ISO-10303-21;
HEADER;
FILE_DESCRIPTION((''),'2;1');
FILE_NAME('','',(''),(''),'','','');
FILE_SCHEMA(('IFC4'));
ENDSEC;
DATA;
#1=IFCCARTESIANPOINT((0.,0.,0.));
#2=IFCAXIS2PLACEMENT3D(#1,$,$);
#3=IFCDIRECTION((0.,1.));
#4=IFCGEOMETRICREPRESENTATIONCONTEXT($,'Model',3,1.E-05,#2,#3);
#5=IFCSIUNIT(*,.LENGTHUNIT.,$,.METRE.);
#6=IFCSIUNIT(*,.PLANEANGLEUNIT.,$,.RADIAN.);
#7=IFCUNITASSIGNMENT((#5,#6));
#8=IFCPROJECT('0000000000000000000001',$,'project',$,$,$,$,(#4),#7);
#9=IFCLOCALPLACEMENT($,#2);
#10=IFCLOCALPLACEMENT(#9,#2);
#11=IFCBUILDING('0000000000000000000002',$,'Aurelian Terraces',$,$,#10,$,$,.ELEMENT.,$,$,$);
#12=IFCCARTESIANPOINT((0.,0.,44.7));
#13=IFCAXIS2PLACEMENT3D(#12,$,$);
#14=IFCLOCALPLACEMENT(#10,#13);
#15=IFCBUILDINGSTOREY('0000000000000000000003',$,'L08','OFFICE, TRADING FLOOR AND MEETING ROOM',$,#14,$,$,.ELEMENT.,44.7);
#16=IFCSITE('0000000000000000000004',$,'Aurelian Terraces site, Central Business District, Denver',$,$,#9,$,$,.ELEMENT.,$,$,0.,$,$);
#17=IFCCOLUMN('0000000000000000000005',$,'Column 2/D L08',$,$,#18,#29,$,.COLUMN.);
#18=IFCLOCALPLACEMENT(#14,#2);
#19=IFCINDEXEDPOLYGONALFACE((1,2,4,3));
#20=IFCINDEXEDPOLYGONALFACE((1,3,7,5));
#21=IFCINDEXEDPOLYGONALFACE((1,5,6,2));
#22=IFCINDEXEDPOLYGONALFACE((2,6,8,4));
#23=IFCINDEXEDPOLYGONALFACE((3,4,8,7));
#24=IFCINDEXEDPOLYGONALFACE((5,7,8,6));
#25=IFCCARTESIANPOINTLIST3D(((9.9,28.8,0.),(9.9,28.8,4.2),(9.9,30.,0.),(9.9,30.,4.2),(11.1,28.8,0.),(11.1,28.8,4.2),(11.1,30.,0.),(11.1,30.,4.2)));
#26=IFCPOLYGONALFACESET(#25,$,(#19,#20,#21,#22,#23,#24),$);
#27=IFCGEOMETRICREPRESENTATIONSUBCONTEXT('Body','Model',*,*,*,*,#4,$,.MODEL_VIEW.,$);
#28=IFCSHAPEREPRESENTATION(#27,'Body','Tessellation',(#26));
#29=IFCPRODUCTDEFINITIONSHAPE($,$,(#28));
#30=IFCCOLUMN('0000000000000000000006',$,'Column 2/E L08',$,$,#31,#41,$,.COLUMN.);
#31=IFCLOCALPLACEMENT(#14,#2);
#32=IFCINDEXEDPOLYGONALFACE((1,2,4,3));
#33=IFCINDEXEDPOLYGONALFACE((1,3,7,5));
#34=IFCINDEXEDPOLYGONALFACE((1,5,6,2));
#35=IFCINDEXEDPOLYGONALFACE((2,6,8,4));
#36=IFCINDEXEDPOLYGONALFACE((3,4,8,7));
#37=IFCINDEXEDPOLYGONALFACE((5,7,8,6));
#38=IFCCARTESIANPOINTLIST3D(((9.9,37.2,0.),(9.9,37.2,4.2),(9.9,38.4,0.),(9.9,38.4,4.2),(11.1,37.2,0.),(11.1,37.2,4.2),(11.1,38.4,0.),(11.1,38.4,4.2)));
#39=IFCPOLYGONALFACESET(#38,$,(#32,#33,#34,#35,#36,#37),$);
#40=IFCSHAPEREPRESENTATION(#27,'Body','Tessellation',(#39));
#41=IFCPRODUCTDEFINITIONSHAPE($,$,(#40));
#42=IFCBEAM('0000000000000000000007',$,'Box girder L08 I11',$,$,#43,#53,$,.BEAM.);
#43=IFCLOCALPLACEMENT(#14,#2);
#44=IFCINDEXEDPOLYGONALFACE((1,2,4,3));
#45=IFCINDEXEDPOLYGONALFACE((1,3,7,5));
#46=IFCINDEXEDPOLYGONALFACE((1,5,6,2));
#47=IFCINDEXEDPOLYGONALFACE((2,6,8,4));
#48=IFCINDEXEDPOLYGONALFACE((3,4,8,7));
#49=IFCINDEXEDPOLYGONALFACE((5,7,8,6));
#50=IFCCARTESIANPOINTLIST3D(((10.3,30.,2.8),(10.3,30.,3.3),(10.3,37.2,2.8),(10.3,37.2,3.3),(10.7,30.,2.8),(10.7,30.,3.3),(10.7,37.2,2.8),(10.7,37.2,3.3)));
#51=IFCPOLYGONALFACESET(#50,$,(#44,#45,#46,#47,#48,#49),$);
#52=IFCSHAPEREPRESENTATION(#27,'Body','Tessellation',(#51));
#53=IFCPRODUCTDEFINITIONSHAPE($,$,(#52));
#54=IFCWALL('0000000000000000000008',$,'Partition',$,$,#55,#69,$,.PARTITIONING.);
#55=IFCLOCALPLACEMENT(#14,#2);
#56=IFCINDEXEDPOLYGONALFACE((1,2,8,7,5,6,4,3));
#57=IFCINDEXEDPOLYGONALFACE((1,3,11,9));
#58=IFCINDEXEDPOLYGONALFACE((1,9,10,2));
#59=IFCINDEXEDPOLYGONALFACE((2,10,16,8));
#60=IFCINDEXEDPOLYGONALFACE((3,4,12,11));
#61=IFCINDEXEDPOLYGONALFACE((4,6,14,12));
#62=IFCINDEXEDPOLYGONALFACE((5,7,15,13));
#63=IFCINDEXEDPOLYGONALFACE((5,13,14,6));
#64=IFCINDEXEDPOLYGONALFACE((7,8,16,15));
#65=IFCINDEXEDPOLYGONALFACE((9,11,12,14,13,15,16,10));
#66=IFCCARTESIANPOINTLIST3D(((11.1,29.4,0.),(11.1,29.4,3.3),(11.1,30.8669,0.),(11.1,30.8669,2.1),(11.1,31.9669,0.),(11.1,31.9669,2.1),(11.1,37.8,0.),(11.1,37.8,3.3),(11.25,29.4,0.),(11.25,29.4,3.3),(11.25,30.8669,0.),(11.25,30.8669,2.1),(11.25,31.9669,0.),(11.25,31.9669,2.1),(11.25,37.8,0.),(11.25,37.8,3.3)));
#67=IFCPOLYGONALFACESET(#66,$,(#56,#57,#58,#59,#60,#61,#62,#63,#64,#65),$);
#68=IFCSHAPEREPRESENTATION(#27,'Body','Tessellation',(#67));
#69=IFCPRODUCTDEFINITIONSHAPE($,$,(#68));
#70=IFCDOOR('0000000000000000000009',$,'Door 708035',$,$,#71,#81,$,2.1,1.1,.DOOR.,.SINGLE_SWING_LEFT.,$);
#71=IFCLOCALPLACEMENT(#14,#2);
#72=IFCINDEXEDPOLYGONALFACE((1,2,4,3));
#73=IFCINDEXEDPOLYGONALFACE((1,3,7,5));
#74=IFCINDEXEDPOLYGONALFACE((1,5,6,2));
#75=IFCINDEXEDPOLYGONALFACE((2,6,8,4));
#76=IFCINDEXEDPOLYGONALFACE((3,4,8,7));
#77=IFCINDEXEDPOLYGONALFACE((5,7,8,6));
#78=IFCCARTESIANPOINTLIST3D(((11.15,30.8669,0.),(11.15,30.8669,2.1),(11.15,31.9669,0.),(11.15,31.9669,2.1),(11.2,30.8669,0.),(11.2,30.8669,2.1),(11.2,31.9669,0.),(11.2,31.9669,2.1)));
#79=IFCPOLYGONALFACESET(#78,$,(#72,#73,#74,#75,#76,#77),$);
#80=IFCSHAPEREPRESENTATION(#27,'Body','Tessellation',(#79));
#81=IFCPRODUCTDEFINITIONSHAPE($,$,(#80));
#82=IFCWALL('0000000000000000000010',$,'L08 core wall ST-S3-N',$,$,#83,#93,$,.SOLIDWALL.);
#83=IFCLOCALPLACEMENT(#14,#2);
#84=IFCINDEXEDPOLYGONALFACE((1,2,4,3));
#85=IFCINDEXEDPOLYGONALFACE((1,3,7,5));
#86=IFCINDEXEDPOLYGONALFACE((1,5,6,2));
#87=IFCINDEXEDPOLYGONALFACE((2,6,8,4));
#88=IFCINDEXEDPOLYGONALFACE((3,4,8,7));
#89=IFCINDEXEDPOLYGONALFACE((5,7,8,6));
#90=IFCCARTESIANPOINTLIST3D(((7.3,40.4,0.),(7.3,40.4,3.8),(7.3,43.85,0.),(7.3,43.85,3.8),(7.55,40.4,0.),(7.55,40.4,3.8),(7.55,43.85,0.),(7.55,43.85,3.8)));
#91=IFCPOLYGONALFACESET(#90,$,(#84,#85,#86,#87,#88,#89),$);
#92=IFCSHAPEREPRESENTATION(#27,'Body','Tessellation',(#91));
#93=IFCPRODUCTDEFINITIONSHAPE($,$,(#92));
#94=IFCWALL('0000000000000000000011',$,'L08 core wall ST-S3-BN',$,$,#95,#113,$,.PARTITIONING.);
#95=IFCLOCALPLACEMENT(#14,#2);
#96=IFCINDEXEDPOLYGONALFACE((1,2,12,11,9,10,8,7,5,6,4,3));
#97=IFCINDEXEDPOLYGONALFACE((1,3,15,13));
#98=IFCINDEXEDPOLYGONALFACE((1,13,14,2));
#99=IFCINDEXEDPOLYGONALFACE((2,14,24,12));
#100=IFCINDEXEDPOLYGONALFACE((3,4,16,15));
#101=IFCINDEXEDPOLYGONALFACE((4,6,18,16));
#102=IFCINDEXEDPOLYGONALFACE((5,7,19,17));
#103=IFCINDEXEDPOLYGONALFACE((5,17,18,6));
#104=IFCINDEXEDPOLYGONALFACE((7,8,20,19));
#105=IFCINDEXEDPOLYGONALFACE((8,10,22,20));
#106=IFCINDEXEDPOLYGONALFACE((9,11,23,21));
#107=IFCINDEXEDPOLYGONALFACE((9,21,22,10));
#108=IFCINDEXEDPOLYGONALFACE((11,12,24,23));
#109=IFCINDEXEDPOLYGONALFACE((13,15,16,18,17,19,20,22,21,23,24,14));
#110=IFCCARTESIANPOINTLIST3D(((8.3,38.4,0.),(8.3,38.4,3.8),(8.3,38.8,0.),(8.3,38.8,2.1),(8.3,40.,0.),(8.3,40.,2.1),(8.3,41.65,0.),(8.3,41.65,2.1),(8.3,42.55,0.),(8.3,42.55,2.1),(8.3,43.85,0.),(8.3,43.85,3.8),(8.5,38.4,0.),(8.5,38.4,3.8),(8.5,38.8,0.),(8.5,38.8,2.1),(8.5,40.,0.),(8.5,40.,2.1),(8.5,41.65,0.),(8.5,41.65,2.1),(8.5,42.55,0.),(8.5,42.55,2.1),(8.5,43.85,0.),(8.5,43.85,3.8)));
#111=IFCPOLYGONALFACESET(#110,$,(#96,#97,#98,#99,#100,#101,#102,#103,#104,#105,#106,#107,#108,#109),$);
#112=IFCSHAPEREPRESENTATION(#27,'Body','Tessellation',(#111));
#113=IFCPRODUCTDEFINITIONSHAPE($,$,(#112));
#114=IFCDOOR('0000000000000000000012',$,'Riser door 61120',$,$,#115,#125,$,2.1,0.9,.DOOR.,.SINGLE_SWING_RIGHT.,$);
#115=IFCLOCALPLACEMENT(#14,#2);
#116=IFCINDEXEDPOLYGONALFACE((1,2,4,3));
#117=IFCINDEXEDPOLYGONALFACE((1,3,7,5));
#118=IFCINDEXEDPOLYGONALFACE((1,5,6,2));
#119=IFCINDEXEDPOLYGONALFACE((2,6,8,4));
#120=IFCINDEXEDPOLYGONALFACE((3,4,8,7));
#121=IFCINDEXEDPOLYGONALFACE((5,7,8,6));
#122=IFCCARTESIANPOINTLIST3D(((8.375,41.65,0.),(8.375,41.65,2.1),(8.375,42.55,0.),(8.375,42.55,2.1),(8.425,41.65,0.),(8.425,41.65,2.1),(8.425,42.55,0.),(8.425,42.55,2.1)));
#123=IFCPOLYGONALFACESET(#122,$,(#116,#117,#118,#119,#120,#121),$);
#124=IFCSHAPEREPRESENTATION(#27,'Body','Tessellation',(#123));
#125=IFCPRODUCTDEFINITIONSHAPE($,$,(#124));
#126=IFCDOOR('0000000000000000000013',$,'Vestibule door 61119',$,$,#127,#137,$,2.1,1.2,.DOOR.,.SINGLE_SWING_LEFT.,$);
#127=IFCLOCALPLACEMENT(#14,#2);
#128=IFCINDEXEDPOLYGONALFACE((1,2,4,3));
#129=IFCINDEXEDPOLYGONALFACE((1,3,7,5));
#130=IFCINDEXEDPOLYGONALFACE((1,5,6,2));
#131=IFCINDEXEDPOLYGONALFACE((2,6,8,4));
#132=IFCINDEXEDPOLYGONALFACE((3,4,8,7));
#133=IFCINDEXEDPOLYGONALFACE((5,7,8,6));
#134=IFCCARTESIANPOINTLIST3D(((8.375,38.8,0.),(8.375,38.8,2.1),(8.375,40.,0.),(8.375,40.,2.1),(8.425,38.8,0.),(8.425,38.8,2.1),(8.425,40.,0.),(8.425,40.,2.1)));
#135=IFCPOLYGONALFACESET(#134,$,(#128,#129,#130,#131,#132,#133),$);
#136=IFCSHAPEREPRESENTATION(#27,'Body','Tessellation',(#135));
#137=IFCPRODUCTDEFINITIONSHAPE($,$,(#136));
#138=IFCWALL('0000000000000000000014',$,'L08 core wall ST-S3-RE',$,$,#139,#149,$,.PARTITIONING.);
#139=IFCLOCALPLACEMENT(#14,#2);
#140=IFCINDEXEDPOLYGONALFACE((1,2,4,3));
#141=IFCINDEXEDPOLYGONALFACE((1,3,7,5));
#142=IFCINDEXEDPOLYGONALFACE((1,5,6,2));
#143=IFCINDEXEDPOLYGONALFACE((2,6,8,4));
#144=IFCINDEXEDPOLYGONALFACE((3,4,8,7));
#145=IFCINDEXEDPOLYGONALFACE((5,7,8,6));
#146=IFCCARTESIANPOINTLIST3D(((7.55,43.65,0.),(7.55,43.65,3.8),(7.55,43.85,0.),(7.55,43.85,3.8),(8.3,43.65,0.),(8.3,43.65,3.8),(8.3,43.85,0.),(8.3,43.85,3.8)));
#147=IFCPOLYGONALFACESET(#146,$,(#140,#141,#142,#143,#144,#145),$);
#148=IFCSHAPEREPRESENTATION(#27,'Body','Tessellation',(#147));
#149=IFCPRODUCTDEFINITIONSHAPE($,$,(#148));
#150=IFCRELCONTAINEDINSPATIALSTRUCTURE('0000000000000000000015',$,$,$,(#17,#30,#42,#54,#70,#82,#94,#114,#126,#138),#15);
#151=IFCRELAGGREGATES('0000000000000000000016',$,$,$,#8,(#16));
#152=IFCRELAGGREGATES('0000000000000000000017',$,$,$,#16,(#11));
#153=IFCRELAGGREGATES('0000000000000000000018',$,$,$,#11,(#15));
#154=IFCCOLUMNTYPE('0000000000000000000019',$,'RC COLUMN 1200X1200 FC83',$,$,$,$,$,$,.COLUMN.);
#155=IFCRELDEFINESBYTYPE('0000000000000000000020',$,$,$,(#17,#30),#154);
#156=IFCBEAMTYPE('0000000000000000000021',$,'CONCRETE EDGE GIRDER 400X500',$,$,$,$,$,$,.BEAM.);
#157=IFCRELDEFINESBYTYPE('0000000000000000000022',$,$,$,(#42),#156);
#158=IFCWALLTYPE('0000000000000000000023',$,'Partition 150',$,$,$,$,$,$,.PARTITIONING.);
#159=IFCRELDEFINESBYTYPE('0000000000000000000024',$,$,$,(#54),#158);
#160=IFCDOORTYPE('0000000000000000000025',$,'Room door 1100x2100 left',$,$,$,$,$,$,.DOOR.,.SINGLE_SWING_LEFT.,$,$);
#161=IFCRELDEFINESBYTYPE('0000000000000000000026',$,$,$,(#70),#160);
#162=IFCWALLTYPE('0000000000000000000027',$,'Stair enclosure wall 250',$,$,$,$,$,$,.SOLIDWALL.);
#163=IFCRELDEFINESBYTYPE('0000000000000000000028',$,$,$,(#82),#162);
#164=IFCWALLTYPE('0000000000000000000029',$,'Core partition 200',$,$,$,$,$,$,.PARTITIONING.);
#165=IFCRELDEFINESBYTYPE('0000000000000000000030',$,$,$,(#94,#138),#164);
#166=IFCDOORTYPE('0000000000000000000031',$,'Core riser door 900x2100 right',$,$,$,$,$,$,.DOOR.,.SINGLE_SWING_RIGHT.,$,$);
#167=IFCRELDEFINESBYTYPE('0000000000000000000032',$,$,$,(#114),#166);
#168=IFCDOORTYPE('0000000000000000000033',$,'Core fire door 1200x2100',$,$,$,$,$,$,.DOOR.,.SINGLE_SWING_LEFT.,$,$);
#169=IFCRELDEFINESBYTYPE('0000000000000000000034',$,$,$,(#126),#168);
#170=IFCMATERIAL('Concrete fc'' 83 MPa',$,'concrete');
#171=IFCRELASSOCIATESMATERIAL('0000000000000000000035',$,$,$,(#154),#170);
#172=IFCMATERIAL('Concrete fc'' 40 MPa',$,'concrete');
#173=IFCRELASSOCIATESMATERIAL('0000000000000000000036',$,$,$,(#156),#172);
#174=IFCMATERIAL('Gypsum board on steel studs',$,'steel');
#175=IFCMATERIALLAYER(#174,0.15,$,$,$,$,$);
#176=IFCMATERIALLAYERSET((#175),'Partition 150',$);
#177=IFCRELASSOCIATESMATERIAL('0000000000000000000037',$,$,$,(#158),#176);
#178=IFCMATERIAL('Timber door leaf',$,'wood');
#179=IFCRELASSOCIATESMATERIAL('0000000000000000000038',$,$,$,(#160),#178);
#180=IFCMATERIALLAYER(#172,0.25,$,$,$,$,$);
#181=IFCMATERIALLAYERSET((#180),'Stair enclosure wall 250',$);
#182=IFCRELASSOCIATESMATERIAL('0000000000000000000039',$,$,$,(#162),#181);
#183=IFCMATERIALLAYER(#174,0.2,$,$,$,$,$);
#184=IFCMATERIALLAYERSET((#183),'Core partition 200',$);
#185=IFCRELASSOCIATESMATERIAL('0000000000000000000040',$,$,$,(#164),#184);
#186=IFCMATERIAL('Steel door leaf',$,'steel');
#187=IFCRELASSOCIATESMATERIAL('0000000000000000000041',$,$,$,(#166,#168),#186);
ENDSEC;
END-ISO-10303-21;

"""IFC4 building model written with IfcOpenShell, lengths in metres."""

from ifc_helpers import new_model, si_unit, direction, frame, frame_2d, origin, origin_2d, place, context, subcontext, project, spatial, rectangle, extrude, source, transform, mapped, material, layer, layer_set, material_profile, profile_set, type_object, element, fill, save


model = new_model("IFC4")

# Units and contexts
model_context = context("Model", 3, precision=1e-05, world=origin(), true_north=direction((0.0, 1.0)))
body_context = subcontext(model_context, "Body", "Model", "MODEL_VIEW")
ifc_project = project(units=[si_unit("LENGTHUNIT", "METRE"), si_unit("PLANEANGLEUNIT", "RADIAN")], contexts=[model_context])

# Site, building, storey
site_placement = place(None, origin())
site = spatial("IfcSite", under=ifc_project, at=site_placement, Name="Aurelian Terraces site, Central Business District, Denver", CompositionType="ELEMENT", RefElevation=0.0)
building_placement = place(site_placement, origin())
building = spatial("IfcBuilding", under=site, at=building_placement, Name="Aurelian Terraces", CompositionType="ELEMENT")
storey_placement = place(building_placement, frame((0.0, 0.0, 44.7)))
storey = spatial("IfcBuildingStorey", under=building, at=storey_placement, Name="L08", Description="OFFICE, TRADING FLOOR AND MEETING ROOM", CompositionType="ELEMENT", Elevation=44.7)

# Columns
ifc_material_1 = material(Name="Concrete fc' 83 MPa", Category="concrete")
ifc_material_profile_1 = material_profile(ifc_material_1, rectangle(XDim=1.2, YDim=1.2, at=origin_2d()))
ifc_profile_set_1 = profile_set([ifc_material_profile_1], Name="Concrete fc' 83 MPa")
column_type = type_object("IfcColumnType", Name="RC COLUMN 1200X1200 FC83", PredefinedType="COLUMN", material=ifc_profile_set_1)
shared_shape_1 = source(origin(), body_context, "Body", "SweptSolid", [
    extrude(rectangle(XDim=1.2, YDim=1.2, at=origin_2d()), origin(), (0.0, 0.0, 1.0), 4.2),
])
for number, where, z_axis, x_axis, name in (
    (1, (10.5, 29.4, 0.0), (0.0, 0.0, 1.0), (1.0, 0.0, 0.0), "Column 2/D L08"),
    (2, (10.5, 37.8, 0.0), (0.0, 0.0, 1.0), (1.0, 0.0, 0.0), "Column 2/E L08"),
):
    element("IfcColumn", number, at=place(storey_placement, frame(where, z_axis=z_axis, x_axis=x_axis)), inside=storey, type_object=column_type, Name=name, PredefinedType="COLUMN", context=body_context, shape_type="MappedRepresentation", body=[
        mapped(shared_shape_1, transform((0.0, 0.0, 0.0), scale=1.0)),
    ])

# Beam
ifc_material_2 = material(Name="Concrete fc' 40 MPa", Category="concrete")
ifc_material_profile_2 = material_profile(ifc_material_2, rectangle(XDim=0.4, YDim=0.5, at=origin_2d()))
ifc_profile_set_2 = profile_set([ifc_material_profile_2], Name="Concrete fc' 40 MPa")
beam_type = type_object("IfcBeamType", Name="CONCRETE EDGE GIRDER 400X500", PredefinedType="BEAM", material=ifc_profile_set_2)
shared_shape_2 = source(origin(), body_context, "Body", "SweptSolid", [
    extrude(rectangle(XDim=0.4, YDim=0.5, at=origin_2d()), origin(), (0.0, 0.0, 1.0), 7.2),
])
beam_placement = place(storey_placement, frame((10.5, 30.0, 3.05), z_axis=(0.0, 1.0, 0.0), x_axis=(-1.0, 0.0, 0.0)))
element("IfcBeam", 3, at=beam_placement, inside=storey, type_object=beam_type, Name="Box girder L08 I11", PredefinedType="BEAM", context=body_context, shape_type="MappedRepresentation", body=[
    mapped(shared_shape_2, transform((0.0, 0.0, 0.0), scale=1.0)),
])

# Wall, opening, door
ifc_material_3 = material(Name="Gypsum board on steel studs", Category="steel")
ifc_layer_1 = layer(ifc_material_3, 0.15)
ifc_layer_set_1 = layer_set([ifc_layer_1], Name="Partition 150")
wall_type_1 = type_object("IfcWallType", Name="Partition 150", PredefinedType="PARTITIONING", material=ifc_layer_set_1)
wall_1_placement = place(storey_placement, frame((11.175, 29.4, 0.0), z_axis=(0.0, 0.0, 1.0), x_axis=(0.0, 1.0, 0.0)))
wall_1 = element("IfcWall", 4, at=wall_1_placement, inside=storey, type_object=wall_type_1, Name="Partition", PredefinedType="PARTITIONING", context=body_context, shape_type="SweptSolid", body=[
    extrude(rectangle(XDim=8.4, YDim=0.15, at=frame_2d((4.2, 0.0))), origin(), (0.0, 0.0, 1.0), 3.3),
])
shared_shape_3 = source(origin(), body_context, "Body", "SweptSolid", [
    extrude(rectangle(XDim=1.1, YDim=2.1, at=frame_2d((0.55, 1.05))), frame((0.0, 0.085, 0.0), z_axis=(0.0, -1.0, 0.0), x_axis=(1.0, 0.0, 0.0)), (0.0, 0.0, 1.0), 0.17),
])
opening_1_placement = place(wall_1_placement, frame((1.4669, 0.0, 0.0)))
opening_1 = element("IfcOpeningElement", 5, at=opening_1_placement, cuts=wall_1, PredefinedType="OPENING", context=body_context, shape_type="MappedRepresentation", body=[
    mapped(shared_shape_3, transform((0.0, 0.0, 0.0), scale=1.0)),
])
ifc_material_4 = material(Name="Timber door leaf", Category="wood")
door_type_1 = type_object("IfcDoorType", Name="Room door 1100x2100 left", OperationType="SINGLE_SWING_LEFT", PredefinedType="DOOR", material=ifc_material_4)
shared_shape_4 = source(origin(), body_context, "Body", "SweptSolid", [
    extrude(rectangle(XDim=1.1, YDim=2.1, at=frame_2d((0.55, 1.05))), frame((0.0, 0.025, 0.0), z_axis=(0.0, -1.0, 0.0), x_axis=(1.0, 0.0, 0.0)), (0.0, 0.0, 1.0), 0.05),
])
door_1_placement = place(opening_1_placement, origin())
door_1 = element("IfcDoor", 6, at=door_1_placement, inside=storey, type_object=door_type_1, Name="Door 708035", OperationType="SINGLE_SWING_LEFT", OverallHeight=2.1, OverallWidth=1.1, PredefinedType="DOOR", context=body_context, shape_type="MappedRepresentation", body=[
    mapped(shared_shape_4, transform((0.0, 0.0, 0.0), scale=1.0)),
])
fill(opening_1, door_1)

# Wall
ifc_layer_2 = layer(ifc_material_2, 0.25)
ifc_layer_set_2 = layer_set([ifc_layer_2], Name="Stair enclosure wall 250")
wall_type_2 = type_object("IfcWallType", Name="Stair enclosure wall 250", PredefinedType="SOLIDWALL", material=ifc_layer_set_2)
shared_shape_5 = source(origin(), body_context, "Body", "SweptSolid", [
    extrude(rectangle(XDim=3.45, YDim=0.25, at=frame_2d((1.725, 0.0))), origin(), (0.0, 0.0, 1.0), 3.8),
])
wall_2_placement = place(storey_placement, frame((7.425, 40.4, 0.0), z_axis=(0.0, 0.0, 1.0), x_axis=(0.0, 1.0, 0.0)))
element("IfcWall", 7, at=wall_2_placement, inside=storey, type_object=wall_type_2, Name="L08 core wall ST-S3-N", PredefinedType="SOLIDWALL", context=body_context, shape_type="MappedRepresentation", body=[
    mapped(shared_shape_5, transform((0.0, 0.0, 0.0), scale=1.0)),
])

# Wall, openings, doors
ifc_layer_3 = layer(ifc_material_3, 0.2)
ifc_layer_set_3 = layer_set([ifc_layer_3], Name="Core partition 200")
wall_type_3 = type_object("IfcWallType", Name="Core partition 200", PredefinedType="PARTITIONING", material=ifc_layer_set_3)
shared_shape_6 = source(origin(), body_context, "Body", "SweptSolid", [
    extrude(rectangle(XDim=5.45, YDim=0.2, at=frame_2d((2.725, 0.0))), origin(), (0.0, 0.0, 1.0), 3.8),
])
wall_3_placement = place(storey_placement, frame((8.4, 38.4, 0.0), z_axis=(0.0, 0.0, 1.0), x_axis=(0.0, 1.0, 0.0)))
wall_3 = element("IfcWall", 8, at=wall_3_placement, inside=storey, type_object=wall_type_3, Name="L08 core wall ST-S3-BN", PredefinedType="PARTITIONING", context=body_context, shape_type="MappedRepresentation", body=[
    mapped(shared_shape_6, transform((0.0, 0.0, 0.0), scale=1.0)),
])
shared_shape_7 = source(origin(), body_context, "Body", "SweptSolid", [
    extrude(rectangle(XDim=1.2, YDim=2.1, at=frame_2d((0.6, 1.05))), frame((0.0, 0.11, 0.0), z_axis=(0.0, -1.0, 0.0), x_axis=(1.0, 0.0, 0.0)), (0.0, 0.0, 1.0), 0.22),
])
opening_2_placement = place(wall_3_placement, frame((0.4, 0.0, 0.0)))
opening_2 = element("IfcOpeningElement", 9, at=opening_2_placement, cuts=wall_3, PredefinedType="OPENING", context=body_context, shape_type="MappedRepresentation", body=[
    mapped(shared_shape_7, transform((0.0, 0.0, 0.0), scale=1.0)),
])
shared_shape_8 = source(origin(), body_context, "Body", "SweptSolid", [
    extrude(rectangle(XDim=0.9, YDim=2.1, at=frame_2d((0.45, 1.05))), frame((0.0, 0.11, 0.0), z_axis=(0.0, -1.0, 0.0), x_axis=(1.0, 0.0, 0.0)), (0.0, 0.0, 1.0), 0.22),
])
opening_3_placement = place(wall_3_placement, frame((3.25, 0.0, 0.0)))
opening_3 = element("IfcOpeningElement", 10, at=opening_3_placement, cuts=wall_3, PredefinedType="OPENING", context=body_context, shape_type="MappedRepresentation", body=[
    mapped(shared_shape_8, transform((0.0, 0.0, 0.0), scale=1.0)),
])
ifc_material_5 = material(Name="Steel door leaf", Category="steel")
door_type_2 = type_object("IfcDoorType", Name="Core riser door 900x2100 right", OperationType="SINGLE_SWING_RIGHT", PredefinedType="DOOR", material=ifc_material_5)
shared_shape_9 = source(origin(), body_context, "Body", "SweptSolid", [
    extrude(rectangle(XDim=0.9, YDim=2.1, at=frame_2d((0.45, 1.05))), frame((0.0, 0.025, 0.0), z_axis=(0.0, -1.0, 0.0), x_axis=(1.0, 0.0, 0.0)), (0.0, 0.0, 1.0), 0.05),
])
door_2_placement = place(opening_3_placement, origin())
door_2 = element("IfcDoor", 11, at=door_2_placement, inside=storey, type_object=door_type_2, Name="Riser door 61120", OperationType="SINGLE_SWING_RIGHT", OverallHeight=2.1, OverallWidth=0.9, PredefinedType="DOOR", context=body_context, shape_type="MappedRepresentation", body=[
    mapped(shared_shape_9, transform((0.0, 0.0, 0.0), scale=1.0)),
])
fill(opening_3, door_2)
door_type_3 = type_object("IfcDoorType", Name="Core fire door 1200x2100", OperationType="SINGLE_SWING_LEFT", PredefinedType="DOOR", material=ifc_material_5)
shared_shape_10 = source(origin(), body_context, "Body", "SweptSolid", [
    extrude(rectangle(XDim=1.2, YDim=2.1, at=frame_2d((0.6, 1.05))), frame((0.0, 0.025, 0.0), z_axis=(0.0, -1.0, 0.0), x_axis=(1.0, 0.0, 0.0)), (0.0, 0.0, 1.0), 0.05),
])
door_3_placement = place(opening_2_placement, origin())
door_3 = element("IfcDoor", 12, at=door_3_placement, inside=storey, type_object=door_type_3, Name="Vestibule door 61119", OperationType="SINGLE_SWING_LEFT", OverallHeight=2.1, OverallWidth=1.2, PredefinedType="DOOR", context=body_context, shape_type="MappedRepresentation", body=[
    mapped(shared_shape_10, transform((0.0, 0.0, 0.0), scale=1.0)),
])
fill(opening_2, door_3)

# Wall
shared_shape_11 = source(origin(), body_context, "Body", "SweptSolid", [
    extrude(rectangle(XDim=0.75, YDim=0.2, at=frame_2d((0.375, 0.0))), origin(), (0.0, 0.0, 1.0), 3.8),
])
wall_4_placement = place(storey_placement, frame((7.55, 43.75, 0.0), z_axis=(0.0, 0.0, 1.0), x_axis=(1.0, 0.0, 0.0)))
element("IfcWall", 13, at=wall_4_placement, inside=storey, type_object=wall_type_3, Name="L08 core wall ST-S3-RE", PredefinedType="PARTITIONING", context=body_context, shape_type="MappedRepresentation", body=[
    mapped(shared_shape_11, transform((0.0, 0.0, 0.0), scale=1.0)),
])

save(model, "model.ifc")
